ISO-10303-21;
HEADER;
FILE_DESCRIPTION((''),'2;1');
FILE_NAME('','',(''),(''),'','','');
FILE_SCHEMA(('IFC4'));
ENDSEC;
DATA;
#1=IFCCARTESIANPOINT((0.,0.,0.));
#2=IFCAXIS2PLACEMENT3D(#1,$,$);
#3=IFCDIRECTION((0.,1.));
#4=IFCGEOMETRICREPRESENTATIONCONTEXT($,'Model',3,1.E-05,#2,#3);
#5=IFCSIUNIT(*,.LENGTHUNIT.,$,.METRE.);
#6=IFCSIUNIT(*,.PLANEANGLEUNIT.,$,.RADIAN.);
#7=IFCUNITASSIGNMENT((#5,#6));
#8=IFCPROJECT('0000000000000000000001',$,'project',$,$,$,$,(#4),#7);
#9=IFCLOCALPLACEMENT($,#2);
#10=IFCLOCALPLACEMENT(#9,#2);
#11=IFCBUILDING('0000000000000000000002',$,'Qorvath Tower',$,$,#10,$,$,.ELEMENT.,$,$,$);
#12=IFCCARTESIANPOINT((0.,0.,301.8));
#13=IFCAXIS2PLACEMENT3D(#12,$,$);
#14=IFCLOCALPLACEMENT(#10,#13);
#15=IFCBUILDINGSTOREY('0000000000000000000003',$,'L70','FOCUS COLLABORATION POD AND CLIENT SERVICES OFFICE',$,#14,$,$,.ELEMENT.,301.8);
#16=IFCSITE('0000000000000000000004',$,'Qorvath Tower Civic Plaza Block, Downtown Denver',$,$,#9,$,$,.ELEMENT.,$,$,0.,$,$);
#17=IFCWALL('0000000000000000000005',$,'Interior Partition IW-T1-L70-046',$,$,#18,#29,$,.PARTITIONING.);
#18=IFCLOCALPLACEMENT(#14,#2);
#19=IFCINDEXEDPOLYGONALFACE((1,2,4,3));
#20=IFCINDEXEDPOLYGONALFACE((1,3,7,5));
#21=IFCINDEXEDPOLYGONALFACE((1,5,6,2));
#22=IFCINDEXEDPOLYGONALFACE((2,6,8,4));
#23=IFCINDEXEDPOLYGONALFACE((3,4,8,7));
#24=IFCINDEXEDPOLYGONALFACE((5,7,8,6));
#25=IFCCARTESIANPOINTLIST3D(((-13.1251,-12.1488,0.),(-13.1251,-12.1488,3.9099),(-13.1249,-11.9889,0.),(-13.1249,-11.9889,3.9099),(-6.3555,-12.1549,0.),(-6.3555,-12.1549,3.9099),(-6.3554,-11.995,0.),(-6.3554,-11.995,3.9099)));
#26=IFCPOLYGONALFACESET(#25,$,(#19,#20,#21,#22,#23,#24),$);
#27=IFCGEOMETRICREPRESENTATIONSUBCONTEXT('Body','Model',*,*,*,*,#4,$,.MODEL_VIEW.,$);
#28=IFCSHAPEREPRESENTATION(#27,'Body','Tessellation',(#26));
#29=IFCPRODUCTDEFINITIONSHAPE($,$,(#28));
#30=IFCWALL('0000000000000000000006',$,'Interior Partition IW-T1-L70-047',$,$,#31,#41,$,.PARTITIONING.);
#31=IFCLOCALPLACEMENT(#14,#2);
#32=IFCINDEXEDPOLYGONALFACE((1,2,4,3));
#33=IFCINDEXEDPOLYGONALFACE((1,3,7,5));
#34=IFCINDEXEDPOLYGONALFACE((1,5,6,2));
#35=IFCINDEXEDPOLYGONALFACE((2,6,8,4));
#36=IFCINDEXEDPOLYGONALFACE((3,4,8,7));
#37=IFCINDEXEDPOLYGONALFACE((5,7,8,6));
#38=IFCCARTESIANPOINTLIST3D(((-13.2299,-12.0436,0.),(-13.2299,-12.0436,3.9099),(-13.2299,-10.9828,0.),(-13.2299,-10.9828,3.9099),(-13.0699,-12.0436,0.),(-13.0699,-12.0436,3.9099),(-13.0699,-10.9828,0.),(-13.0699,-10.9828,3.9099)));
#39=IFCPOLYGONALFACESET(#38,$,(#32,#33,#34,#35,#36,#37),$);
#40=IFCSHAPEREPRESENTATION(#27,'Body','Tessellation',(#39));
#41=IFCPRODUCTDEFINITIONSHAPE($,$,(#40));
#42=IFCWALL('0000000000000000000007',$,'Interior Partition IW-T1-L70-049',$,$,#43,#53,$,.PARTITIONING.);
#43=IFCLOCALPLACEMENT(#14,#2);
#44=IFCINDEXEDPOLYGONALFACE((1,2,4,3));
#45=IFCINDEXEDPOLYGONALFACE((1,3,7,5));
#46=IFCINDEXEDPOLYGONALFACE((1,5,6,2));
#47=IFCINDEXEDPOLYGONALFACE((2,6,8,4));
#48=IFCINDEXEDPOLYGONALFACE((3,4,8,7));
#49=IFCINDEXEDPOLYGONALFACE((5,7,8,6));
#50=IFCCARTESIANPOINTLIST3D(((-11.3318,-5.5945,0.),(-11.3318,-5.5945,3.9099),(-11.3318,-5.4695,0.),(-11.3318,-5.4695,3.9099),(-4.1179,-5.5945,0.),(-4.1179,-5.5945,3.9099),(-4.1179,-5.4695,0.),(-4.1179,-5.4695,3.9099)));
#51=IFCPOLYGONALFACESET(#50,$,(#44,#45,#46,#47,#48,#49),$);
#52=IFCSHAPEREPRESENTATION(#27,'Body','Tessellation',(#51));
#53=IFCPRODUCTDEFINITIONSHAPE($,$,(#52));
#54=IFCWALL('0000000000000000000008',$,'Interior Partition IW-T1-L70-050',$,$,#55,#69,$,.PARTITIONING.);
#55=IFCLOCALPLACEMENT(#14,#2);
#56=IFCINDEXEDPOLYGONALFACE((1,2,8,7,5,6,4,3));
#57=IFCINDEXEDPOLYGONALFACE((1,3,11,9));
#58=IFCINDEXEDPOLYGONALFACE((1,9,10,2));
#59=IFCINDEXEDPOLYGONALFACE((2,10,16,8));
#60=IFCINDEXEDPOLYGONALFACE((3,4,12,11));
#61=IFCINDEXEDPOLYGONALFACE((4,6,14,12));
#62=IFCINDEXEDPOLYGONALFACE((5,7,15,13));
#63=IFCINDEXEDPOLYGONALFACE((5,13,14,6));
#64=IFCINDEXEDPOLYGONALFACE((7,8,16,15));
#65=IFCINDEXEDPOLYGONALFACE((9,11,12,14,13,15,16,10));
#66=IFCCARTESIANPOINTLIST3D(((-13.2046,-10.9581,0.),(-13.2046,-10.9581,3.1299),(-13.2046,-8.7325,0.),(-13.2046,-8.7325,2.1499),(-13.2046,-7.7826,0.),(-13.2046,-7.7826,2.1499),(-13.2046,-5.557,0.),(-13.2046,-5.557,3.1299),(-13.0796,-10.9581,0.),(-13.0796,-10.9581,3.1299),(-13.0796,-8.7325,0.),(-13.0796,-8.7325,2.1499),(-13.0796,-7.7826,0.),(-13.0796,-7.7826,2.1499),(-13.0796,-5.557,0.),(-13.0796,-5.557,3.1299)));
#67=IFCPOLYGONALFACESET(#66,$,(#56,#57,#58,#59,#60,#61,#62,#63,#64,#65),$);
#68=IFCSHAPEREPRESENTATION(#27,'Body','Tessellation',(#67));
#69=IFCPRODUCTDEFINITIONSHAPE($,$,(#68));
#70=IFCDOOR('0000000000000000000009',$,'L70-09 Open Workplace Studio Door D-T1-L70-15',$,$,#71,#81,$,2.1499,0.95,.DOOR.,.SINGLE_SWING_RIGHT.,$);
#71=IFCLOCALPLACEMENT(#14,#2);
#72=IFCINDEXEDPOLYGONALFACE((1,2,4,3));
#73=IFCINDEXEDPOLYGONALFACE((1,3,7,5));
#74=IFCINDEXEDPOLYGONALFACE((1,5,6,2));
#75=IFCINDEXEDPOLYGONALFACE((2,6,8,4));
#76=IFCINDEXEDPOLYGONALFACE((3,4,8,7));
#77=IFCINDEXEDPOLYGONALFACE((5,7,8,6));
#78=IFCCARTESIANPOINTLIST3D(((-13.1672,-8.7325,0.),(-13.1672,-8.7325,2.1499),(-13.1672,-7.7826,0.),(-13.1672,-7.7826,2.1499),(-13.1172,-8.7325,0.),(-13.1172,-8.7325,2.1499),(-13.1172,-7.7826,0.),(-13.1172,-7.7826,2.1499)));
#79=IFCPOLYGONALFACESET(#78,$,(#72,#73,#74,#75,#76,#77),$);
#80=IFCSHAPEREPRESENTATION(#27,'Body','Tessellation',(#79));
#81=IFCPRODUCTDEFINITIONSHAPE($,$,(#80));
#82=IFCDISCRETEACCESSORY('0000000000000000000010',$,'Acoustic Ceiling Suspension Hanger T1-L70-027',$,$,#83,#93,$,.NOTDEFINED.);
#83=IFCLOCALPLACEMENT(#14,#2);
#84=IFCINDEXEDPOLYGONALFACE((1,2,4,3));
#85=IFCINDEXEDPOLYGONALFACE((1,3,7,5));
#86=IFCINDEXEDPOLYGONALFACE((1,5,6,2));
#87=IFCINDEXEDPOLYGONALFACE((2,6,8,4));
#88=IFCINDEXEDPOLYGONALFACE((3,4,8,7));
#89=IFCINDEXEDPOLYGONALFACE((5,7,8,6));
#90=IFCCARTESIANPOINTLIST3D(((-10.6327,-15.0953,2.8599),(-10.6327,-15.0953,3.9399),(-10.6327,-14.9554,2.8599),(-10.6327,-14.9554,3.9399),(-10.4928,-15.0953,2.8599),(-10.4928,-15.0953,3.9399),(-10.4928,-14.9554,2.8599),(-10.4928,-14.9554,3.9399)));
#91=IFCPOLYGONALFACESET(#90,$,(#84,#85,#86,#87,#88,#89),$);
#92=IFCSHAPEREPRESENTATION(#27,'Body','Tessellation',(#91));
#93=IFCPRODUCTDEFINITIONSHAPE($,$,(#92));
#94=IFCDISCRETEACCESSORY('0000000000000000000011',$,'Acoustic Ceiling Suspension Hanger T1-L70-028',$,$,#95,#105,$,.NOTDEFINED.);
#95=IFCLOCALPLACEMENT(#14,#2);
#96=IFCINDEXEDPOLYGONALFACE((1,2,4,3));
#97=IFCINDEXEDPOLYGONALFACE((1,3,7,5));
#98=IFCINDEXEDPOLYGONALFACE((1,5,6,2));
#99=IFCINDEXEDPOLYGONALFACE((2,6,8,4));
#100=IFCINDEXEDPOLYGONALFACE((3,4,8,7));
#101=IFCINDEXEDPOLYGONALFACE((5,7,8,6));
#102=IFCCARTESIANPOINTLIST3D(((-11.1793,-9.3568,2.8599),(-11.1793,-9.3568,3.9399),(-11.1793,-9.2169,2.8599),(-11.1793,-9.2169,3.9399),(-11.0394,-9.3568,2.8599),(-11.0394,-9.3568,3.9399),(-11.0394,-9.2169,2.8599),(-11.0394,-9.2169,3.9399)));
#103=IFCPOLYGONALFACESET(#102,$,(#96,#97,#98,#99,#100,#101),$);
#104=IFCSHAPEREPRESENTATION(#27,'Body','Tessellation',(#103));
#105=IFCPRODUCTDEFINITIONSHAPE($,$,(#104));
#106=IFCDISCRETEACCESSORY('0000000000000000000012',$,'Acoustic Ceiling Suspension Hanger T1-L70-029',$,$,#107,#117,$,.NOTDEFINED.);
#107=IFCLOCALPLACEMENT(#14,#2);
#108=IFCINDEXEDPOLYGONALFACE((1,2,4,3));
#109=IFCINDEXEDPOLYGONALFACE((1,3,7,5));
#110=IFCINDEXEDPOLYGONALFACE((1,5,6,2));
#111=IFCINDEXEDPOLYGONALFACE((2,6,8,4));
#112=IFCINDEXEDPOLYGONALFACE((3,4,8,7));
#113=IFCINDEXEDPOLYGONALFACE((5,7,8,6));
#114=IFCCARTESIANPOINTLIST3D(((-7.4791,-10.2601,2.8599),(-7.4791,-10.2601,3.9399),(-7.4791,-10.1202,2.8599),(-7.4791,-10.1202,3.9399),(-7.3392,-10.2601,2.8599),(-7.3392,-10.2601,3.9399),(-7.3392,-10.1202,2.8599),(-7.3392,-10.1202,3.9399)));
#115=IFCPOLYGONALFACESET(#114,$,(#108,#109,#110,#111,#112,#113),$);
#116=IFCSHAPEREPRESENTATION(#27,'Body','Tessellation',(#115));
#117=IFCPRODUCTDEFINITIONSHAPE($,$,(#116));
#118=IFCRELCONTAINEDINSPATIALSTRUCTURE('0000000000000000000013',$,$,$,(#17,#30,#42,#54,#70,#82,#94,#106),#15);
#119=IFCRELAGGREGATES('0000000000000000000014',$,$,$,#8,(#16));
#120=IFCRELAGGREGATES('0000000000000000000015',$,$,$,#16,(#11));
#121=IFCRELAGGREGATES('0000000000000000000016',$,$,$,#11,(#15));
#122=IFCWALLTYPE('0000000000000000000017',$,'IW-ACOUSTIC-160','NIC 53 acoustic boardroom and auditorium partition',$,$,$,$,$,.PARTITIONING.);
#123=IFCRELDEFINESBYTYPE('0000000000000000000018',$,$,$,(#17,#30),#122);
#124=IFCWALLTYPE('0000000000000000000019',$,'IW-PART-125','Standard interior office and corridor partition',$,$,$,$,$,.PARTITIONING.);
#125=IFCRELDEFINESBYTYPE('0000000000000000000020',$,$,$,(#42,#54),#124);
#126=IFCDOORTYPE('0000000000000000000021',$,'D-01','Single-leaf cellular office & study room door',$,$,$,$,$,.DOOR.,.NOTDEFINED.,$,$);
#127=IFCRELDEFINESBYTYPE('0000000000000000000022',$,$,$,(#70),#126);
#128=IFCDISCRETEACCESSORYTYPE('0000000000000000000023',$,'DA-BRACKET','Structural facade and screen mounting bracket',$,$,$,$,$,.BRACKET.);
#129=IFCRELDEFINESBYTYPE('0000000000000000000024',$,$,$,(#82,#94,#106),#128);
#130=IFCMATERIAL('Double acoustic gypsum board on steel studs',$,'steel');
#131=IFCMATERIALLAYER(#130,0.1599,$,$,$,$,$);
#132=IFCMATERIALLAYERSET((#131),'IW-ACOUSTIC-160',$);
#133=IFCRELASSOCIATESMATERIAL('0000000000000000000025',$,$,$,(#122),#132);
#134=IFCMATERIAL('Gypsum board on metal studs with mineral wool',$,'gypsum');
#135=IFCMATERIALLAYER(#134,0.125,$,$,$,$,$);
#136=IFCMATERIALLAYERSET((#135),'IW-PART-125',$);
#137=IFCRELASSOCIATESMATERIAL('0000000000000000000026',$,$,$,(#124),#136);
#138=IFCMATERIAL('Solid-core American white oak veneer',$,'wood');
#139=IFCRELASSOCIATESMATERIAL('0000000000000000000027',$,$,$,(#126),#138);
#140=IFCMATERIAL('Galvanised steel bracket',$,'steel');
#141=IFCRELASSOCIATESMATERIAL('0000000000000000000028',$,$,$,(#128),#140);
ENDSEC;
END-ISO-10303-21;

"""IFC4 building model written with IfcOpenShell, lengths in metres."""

from ifc_helpers import new_model, si_unit, direction, frame, frame_2d, origin, origin_2d, place, context, subcontext, project, spatial, rectangle, extrude, material, layer, layer_set, type_object, element, fill, save


model = new_model("IFC4")

# Units and contexts
model_context = context("Model", 3, precision=1e-05, world=origin(), true_north=direction((0.0, 1.0)))
body_context = subcontext(model_context, "Body", "Model", "MODEL_VIEW")
ifc_project = project(units=[si_unit("LENGTHUNIT", "METRE"), si_unit("PLANEANGLEUNIT", "RADIAN")], contexts=[model_context])

# Site, building, storey
site_placement = place(None, origin())
site = spatial("IfcSite", under=ifc_project, at=site_placement, Name="Qorvath Tower Civic Plaza Block, Downtown Denver", CompositionType="ELEMENT", RefElevation=0.0)
building_placement = place(site_placement, origin())
building = spatial("IfcBuilding", under=site, at=building_placement, Name="Qorvath Tower", CompositionType="ELEMENT")
storey_placement = place(building_placement, frame((0.0, 0.0, 301.8)))
storey = spatial("IfcBuildingStorey", under=building, at=storey_placement, Name="L70", Description="FOCUS COLLABORATION POD AND CLIENT SERVICES OFFICE", CompositionType="ELEMENT", Elevation=301.8)

# Walls
ifc_material_1 = material(Name="Double acoustic gypsum board on steel studs", Category="steel")
ifc_layer_1 = layer(ifc_material_1, 0.1599)
ifc_layer_set_1 = layer_set([ifc_layer_1], Name="IW-ACOUSTIC-160")
wall_type_1 = type_object("IfcWallType", Name="IW-ACOUSTIC-160", Description="NIC 53 acoustic boardroom and auditorium partition", PredefinedType="PARTITIONING", material=ifc_layer_set_1)
wall_1_placement = place(storey_placement, frame((-6.3555, -12.075, 0.0), z_axis=(0.0, 0.0, 1.0), x_axis=(-1.0, 0.000902, 0.0)))
element("IfcWall", 1, at=wall_1_placement, inside=storey, type_object=wall_type_1, Name="Interior Partition IW-T1-L70-046", PredefinedType="PARTITIONING", context=body_context, shape_type="SweptSolid", body=[
    extrude(rectangle(XDim=6.7695, YDim=0.1599, at=frame_2d((3.3848, 0.0))), origin(), (0.0, 0.0, 1.0), 3.9099),
])
wall_2_placement = place(storey_placement, frame((-13.1499, -10.9829, 0.0), z_axis=(0.0, 0.0, 1.0), x_axis=(0.0, -1.0, 0.0)))
element("IfcWall", 2, at=wall_2_placement, inside=storey, type_object=wall_type_1, Name="Interior Partition IW-T1-L70-047", PredefinedType="PARTITIONING", context=body_context, shape_type="SweptSolid", body=[
    extrude(rectangle(XDim=1.0608, YDim=0.1599, at=frame_2d((0.5303, 0.0))), origin(), (0.0, 0.0, 1.0), 3.9099),
])

# Wall
ifc_material_2 = material(Name="Gypsum board on metal studs with mineral wool", Category="gypsum")
ifc_layer_2 = layer(ifc_material_2, 0.125)
ifc_layer_set_2 = layer_set([ifc_layer_2], Name="IW-PART-125")
wall_type_2 = type_object("IfcWallType", Name="IW-PART-125", Description="Standard interior office and corridor partition", PredefinedType="PARTITIONING", material=ifc_layer_set_2)
wall_3_placement = place(storey_placement, frame((-4.1179, -5.532, 0.0), z_axis=(0.0, 0.0, 1.0), x_axis=(-1.0, 0.0, 0.0)))
element("IfcWall", 3, at=wall_3_placement, inside=storey, type_object=wall_type_2, Name="Interior Partition IW-T1-L70-049", PredefinedType="PARTITIONING", context=body_context, shape_type="SweptSolid", body=[
    extrude(rectangle(XDim=7.2139, YDim=0.125, at=frame_2d((3.6069, 0.0))), origin(), (0.0, 0.0, 1.0), 3.9099),
])

# Wall, opening, door
wall_4_placement = place(storey_placement, frame((-13.1421, -5.5569, 0.0), z_axis=(0.0, 0.0, 1.0), x_axis=(0.0, -1.0, 0.0)))
wall_4 = element("IfcWall", 4, at=wall_4_placement, inside=storey, type_object=wall_type_2, Name="Interior Partition IW-T1-L70-050", PredefinedType="PARTITIONING", context=body_context, shape_type="SweptSolid", body=[
    extrude(rectangle(XDim=5.4011, YDim=0.125, at=frame_2d((2.7007, 0.0))), origin(), (0.0, 0.0, 1.0), 3.1299),
])
opening_1_placement = place(wall_4_placement, frame((2.2256, 0.0, 0.0)))
opening_1 = element("IfcOpeningElement", 5, at=opening_1_placement, cuts=wall_4, PredefinedType="OPENING", context=body_context, shape_type="SweptSolid", body=[
    extrude(rectangle(XDim=0.95, YDim=2.1499, at=frame_2d((0.4751, 1.075))), frame((0.0, 0.0725, 0.0), z_axis=(0.0, -1.0, 0.0), x_axis=(1.0, 0.0, 0.0)), (0.0, 0.0, 1.0), 0.145),
])
ifc_material_3 = material(Name="Solid-core American white oak veneer", Category="wood")
door_type_1 = type_object("IfcDoorType", Name="D-01", Description="Single-leaf cellular office & study room door", OperationType="NOTDEFINED", PredefinedType="DOOR", material=ifc_material_3)
door_1_placement = place(opening_1_placement, origin())
door_1 = element("IfcDoor", 6, at=door_1_placement, inside=storey, type_object=door_type_1, Name="L70-09 Open Workplace Studio Door D-T1-L70-15", OperationType="SINGLE_SWING_RIGHT", OverallHeight=2.1499, OverallWidth=0.95, PredefinedType="DOOR", context=body_context, shape_type="SweptSolid", body=[
    extrude(rectangle(XDim=0.95, YDim=2.1499, at=frame_2d((0.4751, 1.075))), frame((0.0, 0.0249, 0.0), z_axis=(0.0, -1.0, 0.0), x_axis=(1.0, 0.0, 0.0)), (0.0, 0.0, 1.0), 0.05),
])
fill(opening_1, door_1)

# Discrete accessories
ifc_material_4 = material(Name="Galvanised steel bracket", Category="steel")
discrete_accessory_type = type_object("IfcDiscreteAccessoryType", Name="DA-BRACKET", Description="Structural facade and screen mounting bracket", PredefinedType="BRACKET", material=ifc_material_4)
for number, where, z_axis, x_axis, name in (
    (7, (-10.5627, -15.0254, 2.8599), (0.0, 0.0, 1.0), (1.0, 0.0, 0.0), "Acoustic Ceiling Suspension Hanger T1-L70-027"),
    (8, (-11.1094, -9.2869, 2.8599), (0.0, 0.0, 1.0), (1.0, 0.0, 0.0), "Acoustic Ceiling Suspension Hanger T1-L70-028"),
    (9, (-7.4092, -10.1902, 2.8599), (0.0, 0.0, 1.0), (1.0, 0.0, 0.0), "Acoustic Ceiling Suspension Hanger T1-L70-029"),
):
    element("IfcDiscreteAccessory", number, at=place(storey_placement, frame(where, z_axis=z_axis, x_axis=x_axis)), inside=storey, type_object=discrete_accessory_type, Name=name, PredefinedType="NOTDEFINED", context=body_context, shape_type="SweptSolid", body=[
        extrude(rectangle(XDim=0.1399, YDim=0.1399, at=origin_2d()), origin(), (0.0, 0.0, 1.0), 1.0801),
    ])

save(model, "model.ifc")
